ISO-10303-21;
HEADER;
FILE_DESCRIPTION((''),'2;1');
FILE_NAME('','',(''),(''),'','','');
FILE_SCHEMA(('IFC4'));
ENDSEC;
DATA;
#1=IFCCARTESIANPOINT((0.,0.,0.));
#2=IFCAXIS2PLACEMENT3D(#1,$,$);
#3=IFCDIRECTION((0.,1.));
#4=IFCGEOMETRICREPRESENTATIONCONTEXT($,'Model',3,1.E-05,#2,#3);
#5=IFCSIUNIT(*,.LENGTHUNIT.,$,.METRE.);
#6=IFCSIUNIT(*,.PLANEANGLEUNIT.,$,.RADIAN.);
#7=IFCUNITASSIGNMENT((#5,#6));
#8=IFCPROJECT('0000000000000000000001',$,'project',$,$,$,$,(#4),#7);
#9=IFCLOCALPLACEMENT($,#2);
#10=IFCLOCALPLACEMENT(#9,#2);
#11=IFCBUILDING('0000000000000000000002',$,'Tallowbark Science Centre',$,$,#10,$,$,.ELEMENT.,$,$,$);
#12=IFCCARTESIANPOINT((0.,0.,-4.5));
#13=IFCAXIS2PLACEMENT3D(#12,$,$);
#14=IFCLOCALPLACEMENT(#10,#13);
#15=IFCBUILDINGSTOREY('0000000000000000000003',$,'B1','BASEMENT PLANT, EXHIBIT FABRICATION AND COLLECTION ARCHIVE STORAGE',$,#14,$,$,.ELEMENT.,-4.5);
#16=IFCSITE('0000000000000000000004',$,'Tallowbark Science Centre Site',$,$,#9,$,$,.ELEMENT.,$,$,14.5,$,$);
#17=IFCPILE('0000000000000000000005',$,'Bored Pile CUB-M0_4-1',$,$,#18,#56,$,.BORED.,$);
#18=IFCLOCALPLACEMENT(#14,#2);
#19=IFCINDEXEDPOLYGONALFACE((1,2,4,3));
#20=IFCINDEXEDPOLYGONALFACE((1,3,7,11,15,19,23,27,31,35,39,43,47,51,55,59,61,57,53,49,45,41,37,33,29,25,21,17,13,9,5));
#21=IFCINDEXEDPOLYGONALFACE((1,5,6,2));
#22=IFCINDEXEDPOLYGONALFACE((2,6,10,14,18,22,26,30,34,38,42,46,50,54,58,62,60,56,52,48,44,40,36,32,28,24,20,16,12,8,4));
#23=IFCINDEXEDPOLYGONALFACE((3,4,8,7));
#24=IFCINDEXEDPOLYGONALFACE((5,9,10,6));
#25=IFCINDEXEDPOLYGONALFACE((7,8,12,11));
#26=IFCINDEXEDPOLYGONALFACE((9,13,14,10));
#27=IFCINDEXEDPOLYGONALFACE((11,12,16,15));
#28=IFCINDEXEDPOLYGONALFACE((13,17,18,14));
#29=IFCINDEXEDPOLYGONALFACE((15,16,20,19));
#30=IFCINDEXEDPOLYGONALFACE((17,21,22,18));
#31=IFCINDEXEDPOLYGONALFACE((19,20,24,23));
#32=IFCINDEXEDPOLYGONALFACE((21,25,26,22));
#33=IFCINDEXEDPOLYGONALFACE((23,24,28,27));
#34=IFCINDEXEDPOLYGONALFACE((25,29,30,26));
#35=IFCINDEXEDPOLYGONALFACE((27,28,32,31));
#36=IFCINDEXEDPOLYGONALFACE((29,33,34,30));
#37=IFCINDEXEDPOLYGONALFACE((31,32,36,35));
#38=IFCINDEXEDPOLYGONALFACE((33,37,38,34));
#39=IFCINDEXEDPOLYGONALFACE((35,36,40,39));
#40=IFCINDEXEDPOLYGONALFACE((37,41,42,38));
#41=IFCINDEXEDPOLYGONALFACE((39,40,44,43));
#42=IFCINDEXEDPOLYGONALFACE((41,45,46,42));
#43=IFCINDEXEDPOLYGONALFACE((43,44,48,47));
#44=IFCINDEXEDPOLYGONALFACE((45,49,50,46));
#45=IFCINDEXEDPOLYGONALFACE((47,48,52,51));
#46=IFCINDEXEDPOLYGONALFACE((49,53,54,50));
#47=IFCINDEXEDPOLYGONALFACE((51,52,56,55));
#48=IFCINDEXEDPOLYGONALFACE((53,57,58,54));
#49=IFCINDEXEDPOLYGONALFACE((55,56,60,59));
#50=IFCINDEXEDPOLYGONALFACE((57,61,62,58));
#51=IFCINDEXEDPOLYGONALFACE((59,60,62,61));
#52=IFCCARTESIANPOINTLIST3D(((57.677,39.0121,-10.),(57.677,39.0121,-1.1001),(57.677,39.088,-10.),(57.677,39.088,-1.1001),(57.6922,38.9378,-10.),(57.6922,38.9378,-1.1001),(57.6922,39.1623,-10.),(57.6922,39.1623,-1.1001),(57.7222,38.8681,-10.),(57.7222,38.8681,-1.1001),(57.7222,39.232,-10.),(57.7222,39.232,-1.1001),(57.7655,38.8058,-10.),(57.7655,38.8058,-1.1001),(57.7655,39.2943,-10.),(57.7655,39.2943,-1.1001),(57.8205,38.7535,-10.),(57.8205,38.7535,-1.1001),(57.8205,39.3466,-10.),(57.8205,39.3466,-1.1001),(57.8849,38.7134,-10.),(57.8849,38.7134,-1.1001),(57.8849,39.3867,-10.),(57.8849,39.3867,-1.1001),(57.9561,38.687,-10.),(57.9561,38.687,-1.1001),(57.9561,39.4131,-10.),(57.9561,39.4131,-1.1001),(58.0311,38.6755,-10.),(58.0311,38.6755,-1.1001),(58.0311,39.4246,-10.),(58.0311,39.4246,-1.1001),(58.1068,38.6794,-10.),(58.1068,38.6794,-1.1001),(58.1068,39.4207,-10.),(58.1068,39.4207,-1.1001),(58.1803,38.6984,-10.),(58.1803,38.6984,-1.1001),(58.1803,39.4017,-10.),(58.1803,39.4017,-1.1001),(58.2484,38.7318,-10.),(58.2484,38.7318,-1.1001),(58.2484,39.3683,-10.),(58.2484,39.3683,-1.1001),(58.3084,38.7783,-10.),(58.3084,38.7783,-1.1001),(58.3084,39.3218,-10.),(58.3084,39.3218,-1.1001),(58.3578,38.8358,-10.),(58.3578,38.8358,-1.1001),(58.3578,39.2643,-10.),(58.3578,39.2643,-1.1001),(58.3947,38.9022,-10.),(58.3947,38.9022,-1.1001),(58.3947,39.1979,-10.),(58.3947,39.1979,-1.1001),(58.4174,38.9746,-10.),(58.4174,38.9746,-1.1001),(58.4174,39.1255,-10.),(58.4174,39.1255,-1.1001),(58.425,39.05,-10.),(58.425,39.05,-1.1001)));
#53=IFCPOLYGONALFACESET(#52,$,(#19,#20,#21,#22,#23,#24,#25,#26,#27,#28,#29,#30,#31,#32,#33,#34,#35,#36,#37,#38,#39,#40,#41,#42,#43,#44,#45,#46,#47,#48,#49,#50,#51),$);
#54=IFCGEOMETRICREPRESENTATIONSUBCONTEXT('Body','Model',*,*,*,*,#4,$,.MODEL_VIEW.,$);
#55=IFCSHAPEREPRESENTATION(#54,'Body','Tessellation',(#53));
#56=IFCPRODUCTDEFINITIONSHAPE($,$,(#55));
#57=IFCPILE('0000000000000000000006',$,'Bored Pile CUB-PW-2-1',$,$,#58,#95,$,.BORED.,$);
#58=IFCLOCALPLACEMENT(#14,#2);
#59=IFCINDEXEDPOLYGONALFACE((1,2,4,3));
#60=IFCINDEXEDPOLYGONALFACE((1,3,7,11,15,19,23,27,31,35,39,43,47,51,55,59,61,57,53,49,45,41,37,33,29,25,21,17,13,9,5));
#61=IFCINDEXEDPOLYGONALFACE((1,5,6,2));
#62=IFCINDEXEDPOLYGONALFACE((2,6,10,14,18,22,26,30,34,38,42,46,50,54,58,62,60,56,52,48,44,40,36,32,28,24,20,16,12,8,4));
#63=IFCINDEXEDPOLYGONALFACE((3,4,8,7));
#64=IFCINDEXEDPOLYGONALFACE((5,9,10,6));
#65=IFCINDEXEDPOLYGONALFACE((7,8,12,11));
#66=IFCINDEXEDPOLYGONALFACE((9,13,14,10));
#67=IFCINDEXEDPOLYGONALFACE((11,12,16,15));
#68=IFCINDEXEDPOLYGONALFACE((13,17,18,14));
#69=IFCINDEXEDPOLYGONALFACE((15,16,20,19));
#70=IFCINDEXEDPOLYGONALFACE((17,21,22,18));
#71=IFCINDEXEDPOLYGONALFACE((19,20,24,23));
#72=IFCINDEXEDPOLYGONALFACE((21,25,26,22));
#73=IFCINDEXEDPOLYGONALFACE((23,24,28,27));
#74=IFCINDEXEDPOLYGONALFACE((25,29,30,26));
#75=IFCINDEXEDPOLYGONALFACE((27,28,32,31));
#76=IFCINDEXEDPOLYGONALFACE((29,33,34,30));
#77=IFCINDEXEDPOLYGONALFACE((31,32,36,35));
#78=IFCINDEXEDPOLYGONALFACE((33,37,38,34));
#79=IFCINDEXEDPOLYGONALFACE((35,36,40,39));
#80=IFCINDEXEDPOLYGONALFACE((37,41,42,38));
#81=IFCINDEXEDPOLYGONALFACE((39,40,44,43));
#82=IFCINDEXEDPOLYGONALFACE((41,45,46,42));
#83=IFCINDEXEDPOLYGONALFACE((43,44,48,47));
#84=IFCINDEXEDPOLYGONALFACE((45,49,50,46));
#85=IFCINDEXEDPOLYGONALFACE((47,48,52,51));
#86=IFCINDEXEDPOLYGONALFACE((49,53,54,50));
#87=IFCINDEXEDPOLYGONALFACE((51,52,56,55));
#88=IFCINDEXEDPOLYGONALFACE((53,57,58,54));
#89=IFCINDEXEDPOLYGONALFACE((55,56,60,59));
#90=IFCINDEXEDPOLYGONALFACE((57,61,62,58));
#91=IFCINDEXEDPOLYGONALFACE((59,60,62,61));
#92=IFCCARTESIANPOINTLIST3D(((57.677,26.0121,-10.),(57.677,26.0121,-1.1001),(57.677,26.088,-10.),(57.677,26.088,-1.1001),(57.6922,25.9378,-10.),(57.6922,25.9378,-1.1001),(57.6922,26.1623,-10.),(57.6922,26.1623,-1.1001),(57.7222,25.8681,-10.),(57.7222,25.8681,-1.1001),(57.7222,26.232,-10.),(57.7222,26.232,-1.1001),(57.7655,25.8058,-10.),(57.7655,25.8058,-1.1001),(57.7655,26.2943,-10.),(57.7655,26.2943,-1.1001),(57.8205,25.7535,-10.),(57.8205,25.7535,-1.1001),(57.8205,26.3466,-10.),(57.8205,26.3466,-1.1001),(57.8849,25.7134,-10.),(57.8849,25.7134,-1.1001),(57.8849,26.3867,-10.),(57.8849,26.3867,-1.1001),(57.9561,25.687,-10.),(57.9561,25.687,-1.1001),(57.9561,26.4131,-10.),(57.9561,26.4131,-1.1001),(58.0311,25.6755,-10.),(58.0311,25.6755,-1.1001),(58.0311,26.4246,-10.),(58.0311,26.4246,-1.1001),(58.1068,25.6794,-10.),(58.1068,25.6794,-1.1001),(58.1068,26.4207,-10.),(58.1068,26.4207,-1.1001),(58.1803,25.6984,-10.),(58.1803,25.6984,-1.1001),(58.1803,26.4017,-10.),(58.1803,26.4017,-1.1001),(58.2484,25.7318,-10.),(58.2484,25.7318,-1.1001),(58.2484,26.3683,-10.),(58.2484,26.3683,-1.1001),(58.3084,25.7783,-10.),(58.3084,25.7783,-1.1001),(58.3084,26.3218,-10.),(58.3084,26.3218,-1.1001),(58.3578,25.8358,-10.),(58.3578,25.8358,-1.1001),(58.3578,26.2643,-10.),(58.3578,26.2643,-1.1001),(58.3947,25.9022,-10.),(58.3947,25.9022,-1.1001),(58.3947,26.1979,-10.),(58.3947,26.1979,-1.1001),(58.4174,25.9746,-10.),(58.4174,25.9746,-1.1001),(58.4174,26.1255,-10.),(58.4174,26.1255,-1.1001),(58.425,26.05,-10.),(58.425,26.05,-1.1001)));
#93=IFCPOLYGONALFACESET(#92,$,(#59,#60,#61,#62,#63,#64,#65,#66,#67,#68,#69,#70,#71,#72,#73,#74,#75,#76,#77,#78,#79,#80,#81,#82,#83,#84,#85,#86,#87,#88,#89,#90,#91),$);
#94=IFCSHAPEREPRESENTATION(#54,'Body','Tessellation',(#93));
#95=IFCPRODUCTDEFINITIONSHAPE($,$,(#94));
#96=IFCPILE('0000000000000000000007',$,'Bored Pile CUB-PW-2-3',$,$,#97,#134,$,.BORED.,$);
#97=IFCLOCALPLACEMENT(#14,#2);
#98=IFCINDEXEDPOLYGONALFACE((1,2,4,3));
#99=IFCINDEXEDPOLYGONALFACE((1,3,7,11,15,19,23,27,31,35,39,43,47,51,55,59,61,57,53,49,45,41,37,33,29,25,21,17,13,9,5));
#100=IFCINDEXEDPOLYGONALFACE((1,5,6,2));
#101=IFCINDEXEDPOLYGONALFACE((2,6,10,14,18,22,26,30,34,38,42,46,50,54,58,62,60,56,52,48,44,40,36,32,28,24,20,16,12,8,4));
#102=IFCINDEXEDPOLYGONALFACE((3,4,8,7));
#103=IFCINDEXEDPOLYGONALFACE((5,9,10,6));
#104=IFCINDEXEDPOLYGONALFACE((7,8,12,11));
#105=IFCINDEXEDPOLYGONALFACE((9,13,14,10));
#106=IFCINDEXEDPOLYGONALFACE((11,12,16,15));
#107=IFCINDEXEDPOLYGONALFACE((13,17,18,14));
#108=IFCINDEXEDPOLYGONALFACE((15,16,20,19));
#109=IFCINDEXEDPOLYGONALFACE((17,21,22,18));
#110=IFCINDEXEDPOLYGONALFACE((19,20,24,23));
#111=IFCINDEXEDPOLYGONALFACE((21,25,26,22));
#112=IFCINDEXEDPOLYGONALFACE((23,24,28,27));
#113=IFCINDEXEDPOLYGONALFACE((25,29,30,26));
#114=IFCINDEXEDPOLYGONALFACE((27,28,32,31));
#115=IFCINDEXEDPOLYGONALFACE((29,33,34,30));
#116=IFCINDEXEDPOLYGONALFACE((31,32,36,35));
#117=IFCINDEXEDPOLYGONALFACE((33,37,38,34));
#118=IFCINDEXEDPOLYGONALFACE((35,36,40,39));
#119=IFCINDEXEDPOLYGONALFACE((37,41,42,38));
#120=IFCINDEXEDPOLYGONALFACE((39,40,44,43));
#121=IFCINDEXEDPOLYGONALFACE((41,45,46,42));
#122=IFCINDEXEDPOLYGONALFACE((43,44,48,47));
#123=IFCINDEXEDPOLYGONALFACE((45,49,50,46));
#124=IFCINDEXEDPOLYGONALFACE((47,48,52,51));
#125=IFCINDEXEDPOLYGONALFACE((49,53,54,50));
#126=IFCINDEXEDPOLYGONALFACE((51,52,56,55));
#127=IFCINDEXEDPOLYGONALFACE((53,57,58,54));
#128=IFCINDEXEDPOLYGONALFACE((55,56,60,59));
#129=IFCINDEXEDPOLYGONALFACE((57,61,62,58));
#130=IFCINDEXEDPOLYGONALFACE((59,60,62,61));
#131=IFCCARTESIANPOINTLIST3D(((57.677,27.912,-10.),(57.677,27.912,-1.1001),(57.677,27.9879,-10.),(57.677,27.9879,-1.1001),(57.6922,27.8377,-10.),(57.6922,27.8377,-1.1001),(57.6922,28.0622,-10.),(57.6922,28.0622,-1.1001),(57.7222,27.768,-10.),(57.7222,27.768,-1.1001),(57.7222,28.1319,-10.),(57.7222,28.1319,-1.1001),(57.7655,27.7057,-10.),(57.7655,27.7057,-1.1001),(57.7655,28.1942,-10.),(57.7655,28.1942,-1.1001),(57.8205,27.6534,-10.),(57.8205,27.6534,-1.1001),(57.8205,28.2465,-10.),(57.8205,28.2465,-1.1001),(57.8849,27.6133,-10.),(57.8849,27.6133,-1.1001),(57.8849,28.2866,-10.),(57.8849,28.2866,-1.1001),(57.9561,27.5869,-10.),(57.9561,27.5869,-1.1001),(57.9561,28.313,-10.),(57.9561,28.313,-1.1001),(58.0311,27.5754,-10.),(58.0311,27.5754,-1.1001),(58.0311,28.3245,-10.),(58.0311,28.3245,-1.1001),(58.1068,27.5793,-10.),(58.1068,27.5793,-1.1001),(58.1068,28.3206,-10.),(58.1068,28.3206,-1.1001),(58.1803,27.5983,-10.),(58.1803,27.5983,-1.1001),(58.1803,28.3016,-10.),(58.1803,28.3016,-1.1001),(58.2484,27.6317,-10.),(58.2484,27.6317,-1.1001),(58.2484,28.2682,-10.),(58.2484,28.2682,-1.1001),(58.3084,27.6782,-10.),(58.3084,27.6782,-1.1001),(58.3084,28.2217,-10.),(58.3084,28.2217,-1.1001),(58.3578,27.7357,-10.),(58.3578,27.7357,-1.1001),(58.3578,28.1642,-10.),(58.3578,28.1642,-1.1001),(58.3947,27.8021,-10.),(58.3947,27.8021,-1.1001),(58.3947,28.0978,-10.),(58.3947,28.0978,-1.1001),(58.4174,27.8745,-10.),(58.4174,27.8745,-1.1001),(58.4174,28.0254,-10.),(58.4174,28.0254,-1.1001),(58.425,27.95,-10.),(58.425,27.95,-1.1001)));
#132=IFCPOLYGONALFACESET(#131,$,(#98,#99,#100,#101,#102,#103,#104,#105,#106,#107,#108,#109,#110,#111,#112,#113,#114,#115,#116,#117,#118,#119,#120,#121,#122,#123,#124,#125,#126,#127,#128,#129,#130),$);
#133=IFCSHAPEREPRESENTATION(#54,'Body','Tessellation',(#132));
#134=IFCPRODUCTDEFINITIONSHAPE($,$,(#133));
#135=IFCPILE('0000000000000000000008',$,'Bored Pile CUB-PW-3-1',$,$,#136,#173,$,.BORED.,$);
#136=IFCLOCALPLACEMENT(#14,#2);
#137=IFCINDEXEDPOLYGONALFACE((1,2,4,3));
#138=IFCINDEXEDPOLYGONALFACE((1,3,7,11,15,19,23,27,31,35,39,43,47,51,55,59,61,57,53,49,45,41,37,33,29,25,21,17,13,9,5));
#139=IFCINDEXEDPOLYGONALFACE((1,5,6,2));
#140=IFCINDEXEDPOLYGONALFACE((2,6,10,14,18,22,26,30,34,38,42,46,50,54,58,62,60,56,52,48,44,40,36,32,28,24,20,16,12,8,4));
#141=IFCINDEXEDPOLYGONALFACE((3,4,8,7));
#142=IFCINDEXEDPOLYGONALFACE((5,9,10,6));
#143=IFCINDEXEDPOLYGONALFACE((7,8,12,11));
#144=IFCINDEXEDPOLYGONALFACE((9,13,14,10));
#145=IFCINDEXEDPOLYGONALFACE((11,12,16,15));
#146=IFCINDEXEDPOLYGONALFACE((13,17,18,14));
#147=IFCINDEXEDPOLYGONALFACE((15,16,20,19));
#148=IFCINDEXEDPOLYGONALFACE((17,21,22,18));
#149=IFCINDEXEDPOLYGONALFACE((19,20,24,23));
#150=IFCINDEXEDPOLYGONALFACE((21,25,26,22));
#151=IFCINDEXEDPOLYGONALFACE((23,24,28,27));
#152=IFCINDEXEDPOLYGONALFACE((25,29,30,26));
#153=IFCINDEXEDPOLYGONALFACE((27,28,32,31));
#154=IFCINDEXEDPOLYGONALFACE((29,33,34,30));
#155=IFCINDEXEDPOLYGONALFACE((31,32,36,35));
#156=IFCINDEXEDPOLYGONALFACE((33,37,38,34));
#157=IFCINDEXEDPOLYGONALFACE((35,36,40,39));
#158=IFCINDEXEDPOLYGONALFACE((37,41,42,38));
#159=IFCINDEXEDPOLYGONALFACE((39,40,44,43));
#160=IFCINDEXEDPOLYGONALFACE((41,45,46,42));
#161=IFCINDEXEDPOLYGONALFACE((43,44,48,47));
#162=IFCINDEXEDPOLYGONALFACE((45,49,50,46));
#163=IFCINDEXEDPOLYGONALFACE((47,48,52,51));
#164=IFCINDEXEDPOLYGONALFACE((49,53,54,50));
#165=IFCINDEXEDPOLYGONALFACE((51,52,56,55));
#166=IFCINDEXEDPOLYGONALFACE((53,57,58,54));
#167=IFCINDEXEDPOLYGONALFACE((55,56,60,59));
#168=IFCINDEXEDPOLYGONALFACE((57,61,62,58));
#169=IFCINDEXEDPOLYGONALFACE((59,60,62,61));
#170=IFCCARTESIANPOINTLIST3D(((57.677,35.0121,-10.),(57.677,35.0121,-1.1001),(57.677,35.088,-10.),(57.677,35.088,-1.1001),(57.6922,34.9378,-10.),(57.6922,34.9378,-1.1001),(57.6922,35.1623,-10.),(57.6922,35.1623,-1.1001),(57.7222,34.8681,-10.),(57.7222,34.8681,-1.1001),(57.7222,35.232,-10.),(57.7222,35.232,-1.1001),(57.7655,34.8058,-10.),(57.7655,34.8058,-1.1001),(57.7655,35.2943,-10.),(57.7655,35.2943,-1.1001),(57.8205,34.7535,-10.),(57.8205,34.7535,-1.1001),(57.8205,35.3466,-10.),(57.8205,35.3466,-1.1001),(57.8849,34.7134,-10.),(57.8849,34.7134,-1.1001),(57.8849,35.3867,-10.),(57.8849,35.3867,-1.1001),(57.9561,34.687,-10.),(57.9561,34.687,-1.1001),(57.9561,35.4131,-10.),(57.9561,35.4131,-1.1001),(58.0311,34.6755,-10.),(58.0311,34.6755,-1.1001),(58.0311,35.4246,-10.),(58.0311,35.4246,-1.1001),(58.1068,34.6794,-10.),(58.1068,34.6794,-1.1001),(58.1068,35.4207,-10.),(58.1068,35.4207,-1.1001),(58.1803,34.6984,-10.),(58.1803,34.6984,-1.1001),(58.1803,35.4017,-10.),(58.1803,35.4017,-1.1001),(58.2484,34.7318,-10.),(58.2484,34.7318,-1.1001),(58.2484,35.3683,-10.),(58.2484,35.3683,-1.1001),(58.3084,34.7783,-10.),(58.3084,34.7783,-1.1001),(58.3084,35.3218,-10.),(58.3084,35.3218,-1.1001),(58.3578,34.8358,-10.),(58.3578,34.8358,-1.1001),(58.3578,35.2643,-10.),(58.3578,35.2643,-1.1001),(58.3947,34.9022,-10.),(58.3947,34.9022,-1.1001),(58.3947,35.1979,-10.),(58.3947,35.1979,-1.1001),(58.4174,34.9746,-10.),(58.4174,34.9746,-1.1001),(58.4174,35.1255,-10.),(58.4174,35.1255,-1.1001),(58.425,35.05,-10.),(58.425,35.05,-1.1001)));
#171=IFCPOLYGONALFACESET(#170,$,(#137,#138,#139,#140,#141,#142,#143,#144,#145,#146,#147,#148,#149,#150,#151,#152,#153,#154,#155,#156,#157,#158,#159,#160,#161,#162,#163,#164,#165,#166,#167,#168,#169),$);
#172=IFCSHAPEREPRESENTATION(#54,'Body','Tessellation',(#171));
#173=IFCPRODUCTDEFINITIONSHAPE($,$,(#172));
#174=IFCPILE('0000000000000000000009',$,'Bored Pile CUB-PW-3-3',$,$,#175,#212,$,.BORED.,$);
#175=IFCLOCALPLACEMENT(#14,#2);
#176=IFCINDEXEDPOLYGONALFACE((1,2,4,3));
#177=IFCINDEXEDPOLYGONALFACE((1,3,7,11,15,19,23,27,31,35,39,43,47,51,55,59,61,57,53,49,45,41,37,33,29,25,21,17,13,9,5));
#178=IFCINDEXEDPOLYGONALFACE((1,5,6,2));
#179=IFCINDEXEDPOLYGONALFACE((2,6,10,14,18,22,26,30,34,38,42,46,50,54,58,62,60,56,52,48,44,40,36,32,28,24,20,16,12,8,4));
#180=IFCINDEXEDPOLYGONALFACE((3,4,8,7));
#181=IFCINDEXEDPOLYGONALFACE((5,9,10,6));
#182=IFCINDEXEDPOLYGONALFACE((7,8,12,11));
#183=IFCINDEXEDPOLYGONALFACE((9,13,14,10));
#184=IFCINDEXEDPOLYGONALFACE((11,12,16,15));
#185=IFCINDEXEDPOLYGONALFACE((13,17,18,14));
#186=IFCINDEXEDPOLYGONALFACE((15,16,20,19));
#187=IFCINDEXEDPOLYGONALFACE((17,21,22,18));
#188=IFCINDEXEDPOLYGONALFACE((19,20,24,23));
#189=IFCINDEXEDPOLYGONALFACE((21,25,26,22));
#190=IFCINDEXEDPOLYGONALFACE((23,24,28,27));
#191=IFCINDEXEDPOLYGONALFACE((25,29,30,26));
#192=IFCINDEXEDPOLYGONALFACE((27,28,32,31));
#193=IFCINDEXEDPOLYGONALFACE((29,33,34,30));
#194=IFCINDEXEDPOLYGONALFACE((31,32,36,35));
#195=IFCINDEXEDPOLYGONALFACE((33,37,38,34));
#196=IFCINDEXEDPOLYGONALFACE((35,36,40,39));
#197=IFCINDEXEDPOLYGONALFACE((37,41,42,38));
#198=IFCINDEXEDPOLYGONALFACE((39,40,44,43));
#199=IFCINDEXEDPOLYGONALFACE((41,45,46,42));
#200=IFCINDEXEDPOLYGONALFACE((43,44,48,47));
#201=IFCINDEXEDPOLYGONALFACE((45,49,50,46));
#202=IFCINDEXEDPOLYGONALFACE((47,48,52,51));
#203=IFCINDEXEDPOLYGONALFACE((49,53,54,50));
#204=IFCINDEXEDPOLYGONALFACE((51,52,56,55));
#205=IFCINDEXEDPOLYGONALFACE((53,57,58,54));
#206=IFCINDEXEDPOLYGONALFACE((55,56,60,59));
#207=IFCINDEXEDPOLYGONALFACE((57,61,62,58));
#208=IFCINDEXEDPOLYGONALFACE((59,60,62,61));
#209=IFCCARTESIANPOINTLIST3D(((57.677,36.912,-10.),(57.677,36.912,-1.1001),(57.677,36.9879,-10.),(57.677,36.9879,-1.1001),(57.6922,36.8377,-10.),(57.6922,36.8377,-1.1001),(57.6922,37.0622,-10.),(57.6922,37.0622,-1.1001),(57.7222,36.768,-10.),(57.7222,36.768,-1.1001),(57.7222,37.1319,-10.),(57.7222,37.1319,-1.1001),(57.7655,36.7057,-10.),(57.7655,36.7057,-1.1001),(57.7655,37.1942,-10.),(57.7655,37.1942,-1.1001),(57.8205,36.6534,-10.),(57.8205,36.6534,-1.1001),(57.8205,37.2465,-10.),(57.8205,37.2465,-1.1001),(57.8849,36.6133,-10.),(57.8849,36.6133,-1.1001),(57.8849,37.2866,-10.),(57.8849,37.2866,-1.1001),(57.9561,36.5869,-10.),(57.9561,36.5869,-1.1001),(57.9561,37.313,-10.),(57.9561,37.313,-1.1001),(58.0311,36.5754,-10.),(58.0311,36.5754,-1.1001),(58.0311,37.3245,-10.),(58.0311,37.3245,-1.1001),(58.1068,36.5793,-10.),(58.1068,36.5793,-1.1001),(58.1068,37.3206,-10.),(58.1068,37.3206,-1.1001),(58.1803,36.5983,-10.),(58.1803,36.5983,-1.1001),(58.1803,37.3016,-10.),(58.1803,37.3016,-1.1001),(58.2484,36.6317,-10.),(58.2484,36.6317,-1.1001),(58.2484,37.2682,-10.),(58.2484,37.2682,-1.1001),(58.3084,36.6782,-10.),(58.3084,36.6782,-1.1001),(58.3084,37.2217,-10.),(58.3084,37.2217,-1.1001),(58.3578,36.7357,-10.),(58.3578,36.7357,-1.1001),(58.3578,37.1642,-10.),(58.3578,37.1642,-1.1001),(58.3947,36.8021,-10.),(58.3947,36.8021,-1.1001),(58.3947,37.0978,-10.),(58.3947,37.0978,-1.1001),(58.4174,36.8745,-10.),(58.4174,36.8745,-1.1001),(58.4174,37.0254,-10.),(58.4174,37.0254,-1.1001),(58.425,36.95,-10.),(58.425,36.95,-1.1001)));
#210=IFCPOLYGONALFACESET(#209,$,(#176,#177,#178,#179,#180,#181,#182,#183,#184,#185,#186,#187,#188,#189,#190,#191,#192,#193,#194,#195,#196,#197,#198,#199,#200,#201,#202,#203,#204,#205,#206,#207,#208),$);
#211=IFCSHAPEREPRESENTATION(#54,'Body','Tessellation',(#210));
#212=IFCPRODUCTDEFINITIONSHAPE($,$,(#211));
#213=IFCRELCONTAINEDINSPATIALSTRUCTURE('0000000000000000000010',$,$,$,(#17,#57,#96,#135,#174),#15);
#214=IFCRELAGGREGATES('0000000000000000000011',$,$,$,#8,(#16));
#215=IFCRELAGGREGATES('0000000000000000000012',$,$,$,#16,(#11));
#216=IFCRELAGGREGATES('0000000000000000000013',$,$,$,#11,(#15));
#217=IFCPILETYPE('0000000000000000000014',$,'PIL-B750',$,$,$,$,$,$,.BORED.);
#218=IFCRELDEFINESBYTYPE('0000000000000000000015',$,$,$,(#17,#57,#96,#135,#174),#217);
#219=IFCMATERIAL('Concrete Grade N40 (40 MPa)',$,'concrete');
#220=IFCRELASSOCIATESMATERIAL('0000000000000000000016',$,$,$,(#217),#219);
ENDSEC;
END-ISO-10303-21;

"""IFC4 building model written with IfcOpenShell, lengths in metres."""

from ifc_helpers import new_model, si_unit, direction, frame, origin, origin_2d, place, context, subcontext, project, spatial, circle, extrude, material, material_profile, profile_set, type_object, element, save


model = new_model("IFC4")

# Units and contexts
model_context = context("Model", 3, precision=1e-05, world=origin(), true_north=direction((0.0, 1.0)))
body_context = subcontext(model_context, "Body", "Model", "MODEL_VIEW")
ifc_project = project(units=[si_unit("LENGTHUNIT", "METRE"), si_unit("PLANEANGLEUNIT", "RADIAN")], contexts=[model_context])

# Site, building, storey
site_placement = place(None, origin())
site = spatial("IfcSite", under=ifc_project, at=site_placement, Name="Tallowbark Science Centre Site", CompositionType="ELEMENT", RefElevation=14.5)
building_placement = place(site_placement, origin())
building = spatial("IfcBuilding", under=site, at=building_placement, Name="Tallowbark Science Centre", CompositionType="ELEMENT")
storey_placement = place(building_placement, frame((0.0, 0.0, -4.5)))
storey = spatial("IfcBuildingStorey", under=building, at=storey_placement, Name="B1", Description="BASEMENT PLANT, EXHIBIT FABRICATION AND COLLECTION ARCHIVE STORAGE", CompositionType="ELEMENT", Elevation=-4.5)

# Shared definitions
ifc_material_1 = material(Name="Concrete Grade N40 (40 MPa)", Category="concrete")

# Piles
ifc_material_profile_1 = material_profile(ifc_material_1, circle(Radius=0.375, at=origin_2d()), Name="PILE750")
ifc_profile_set_1 = profile_set([ifc_material_profile_1], Name="Concrete Grade N40 (40 MPa)")
pile_type = type_object("IfcPileType", Name="PIL-B750", PredefinedType="BORED", material=ifc_profile_set_1)
for number, where, z_axis, x_axis, name in (
    (1, (58.05, 39.05, -1.1001), (0.0, 0.0, -1.0), (1.0, 0.0, 0.0), "Bored Pile CUB-M0_4-1"),
    (2, (58.05, 26.05, -1.1001), (0.0, 0.0, -1.0), (1.0, 0.0, 0.0), "Bored Pile CUB-PW-2-1"),
    (3, (58.05, 27.95, -1.1001), (0.0, 0.0, -1.0), (1.0, 0.0, 0.0), "Bored Pile CUB-PW-2-3"),
    (4, (58.05, 35.05, -1.1001), (0.0, 0.0, -1.0), (1.0, 0.0, 0.0), "Bored Pile CUB-PW-3-1"),
    (5, (58.05, 36.95, -1.1001), (0.0, 0.0, -1.0), (1.0, 0.0, 0.0), "Bored Pile CUB-PW-3-3"),
):
    element("IfcPile", number, at=place(storey_placement, frame(where, z_axis=z_axis, x_axis=x_axis)), inside=storey, type_object=pile_type, Name=name, PredefinedType="BORED", context=body_context, shape_type="SweptSolid", body=[
        extrude(circle(Radius=0.375, at=origin_2d()), origin(), (0.0, 0.0, 1.0), 8.8999),
    ])

save(model, "model.ifc")
